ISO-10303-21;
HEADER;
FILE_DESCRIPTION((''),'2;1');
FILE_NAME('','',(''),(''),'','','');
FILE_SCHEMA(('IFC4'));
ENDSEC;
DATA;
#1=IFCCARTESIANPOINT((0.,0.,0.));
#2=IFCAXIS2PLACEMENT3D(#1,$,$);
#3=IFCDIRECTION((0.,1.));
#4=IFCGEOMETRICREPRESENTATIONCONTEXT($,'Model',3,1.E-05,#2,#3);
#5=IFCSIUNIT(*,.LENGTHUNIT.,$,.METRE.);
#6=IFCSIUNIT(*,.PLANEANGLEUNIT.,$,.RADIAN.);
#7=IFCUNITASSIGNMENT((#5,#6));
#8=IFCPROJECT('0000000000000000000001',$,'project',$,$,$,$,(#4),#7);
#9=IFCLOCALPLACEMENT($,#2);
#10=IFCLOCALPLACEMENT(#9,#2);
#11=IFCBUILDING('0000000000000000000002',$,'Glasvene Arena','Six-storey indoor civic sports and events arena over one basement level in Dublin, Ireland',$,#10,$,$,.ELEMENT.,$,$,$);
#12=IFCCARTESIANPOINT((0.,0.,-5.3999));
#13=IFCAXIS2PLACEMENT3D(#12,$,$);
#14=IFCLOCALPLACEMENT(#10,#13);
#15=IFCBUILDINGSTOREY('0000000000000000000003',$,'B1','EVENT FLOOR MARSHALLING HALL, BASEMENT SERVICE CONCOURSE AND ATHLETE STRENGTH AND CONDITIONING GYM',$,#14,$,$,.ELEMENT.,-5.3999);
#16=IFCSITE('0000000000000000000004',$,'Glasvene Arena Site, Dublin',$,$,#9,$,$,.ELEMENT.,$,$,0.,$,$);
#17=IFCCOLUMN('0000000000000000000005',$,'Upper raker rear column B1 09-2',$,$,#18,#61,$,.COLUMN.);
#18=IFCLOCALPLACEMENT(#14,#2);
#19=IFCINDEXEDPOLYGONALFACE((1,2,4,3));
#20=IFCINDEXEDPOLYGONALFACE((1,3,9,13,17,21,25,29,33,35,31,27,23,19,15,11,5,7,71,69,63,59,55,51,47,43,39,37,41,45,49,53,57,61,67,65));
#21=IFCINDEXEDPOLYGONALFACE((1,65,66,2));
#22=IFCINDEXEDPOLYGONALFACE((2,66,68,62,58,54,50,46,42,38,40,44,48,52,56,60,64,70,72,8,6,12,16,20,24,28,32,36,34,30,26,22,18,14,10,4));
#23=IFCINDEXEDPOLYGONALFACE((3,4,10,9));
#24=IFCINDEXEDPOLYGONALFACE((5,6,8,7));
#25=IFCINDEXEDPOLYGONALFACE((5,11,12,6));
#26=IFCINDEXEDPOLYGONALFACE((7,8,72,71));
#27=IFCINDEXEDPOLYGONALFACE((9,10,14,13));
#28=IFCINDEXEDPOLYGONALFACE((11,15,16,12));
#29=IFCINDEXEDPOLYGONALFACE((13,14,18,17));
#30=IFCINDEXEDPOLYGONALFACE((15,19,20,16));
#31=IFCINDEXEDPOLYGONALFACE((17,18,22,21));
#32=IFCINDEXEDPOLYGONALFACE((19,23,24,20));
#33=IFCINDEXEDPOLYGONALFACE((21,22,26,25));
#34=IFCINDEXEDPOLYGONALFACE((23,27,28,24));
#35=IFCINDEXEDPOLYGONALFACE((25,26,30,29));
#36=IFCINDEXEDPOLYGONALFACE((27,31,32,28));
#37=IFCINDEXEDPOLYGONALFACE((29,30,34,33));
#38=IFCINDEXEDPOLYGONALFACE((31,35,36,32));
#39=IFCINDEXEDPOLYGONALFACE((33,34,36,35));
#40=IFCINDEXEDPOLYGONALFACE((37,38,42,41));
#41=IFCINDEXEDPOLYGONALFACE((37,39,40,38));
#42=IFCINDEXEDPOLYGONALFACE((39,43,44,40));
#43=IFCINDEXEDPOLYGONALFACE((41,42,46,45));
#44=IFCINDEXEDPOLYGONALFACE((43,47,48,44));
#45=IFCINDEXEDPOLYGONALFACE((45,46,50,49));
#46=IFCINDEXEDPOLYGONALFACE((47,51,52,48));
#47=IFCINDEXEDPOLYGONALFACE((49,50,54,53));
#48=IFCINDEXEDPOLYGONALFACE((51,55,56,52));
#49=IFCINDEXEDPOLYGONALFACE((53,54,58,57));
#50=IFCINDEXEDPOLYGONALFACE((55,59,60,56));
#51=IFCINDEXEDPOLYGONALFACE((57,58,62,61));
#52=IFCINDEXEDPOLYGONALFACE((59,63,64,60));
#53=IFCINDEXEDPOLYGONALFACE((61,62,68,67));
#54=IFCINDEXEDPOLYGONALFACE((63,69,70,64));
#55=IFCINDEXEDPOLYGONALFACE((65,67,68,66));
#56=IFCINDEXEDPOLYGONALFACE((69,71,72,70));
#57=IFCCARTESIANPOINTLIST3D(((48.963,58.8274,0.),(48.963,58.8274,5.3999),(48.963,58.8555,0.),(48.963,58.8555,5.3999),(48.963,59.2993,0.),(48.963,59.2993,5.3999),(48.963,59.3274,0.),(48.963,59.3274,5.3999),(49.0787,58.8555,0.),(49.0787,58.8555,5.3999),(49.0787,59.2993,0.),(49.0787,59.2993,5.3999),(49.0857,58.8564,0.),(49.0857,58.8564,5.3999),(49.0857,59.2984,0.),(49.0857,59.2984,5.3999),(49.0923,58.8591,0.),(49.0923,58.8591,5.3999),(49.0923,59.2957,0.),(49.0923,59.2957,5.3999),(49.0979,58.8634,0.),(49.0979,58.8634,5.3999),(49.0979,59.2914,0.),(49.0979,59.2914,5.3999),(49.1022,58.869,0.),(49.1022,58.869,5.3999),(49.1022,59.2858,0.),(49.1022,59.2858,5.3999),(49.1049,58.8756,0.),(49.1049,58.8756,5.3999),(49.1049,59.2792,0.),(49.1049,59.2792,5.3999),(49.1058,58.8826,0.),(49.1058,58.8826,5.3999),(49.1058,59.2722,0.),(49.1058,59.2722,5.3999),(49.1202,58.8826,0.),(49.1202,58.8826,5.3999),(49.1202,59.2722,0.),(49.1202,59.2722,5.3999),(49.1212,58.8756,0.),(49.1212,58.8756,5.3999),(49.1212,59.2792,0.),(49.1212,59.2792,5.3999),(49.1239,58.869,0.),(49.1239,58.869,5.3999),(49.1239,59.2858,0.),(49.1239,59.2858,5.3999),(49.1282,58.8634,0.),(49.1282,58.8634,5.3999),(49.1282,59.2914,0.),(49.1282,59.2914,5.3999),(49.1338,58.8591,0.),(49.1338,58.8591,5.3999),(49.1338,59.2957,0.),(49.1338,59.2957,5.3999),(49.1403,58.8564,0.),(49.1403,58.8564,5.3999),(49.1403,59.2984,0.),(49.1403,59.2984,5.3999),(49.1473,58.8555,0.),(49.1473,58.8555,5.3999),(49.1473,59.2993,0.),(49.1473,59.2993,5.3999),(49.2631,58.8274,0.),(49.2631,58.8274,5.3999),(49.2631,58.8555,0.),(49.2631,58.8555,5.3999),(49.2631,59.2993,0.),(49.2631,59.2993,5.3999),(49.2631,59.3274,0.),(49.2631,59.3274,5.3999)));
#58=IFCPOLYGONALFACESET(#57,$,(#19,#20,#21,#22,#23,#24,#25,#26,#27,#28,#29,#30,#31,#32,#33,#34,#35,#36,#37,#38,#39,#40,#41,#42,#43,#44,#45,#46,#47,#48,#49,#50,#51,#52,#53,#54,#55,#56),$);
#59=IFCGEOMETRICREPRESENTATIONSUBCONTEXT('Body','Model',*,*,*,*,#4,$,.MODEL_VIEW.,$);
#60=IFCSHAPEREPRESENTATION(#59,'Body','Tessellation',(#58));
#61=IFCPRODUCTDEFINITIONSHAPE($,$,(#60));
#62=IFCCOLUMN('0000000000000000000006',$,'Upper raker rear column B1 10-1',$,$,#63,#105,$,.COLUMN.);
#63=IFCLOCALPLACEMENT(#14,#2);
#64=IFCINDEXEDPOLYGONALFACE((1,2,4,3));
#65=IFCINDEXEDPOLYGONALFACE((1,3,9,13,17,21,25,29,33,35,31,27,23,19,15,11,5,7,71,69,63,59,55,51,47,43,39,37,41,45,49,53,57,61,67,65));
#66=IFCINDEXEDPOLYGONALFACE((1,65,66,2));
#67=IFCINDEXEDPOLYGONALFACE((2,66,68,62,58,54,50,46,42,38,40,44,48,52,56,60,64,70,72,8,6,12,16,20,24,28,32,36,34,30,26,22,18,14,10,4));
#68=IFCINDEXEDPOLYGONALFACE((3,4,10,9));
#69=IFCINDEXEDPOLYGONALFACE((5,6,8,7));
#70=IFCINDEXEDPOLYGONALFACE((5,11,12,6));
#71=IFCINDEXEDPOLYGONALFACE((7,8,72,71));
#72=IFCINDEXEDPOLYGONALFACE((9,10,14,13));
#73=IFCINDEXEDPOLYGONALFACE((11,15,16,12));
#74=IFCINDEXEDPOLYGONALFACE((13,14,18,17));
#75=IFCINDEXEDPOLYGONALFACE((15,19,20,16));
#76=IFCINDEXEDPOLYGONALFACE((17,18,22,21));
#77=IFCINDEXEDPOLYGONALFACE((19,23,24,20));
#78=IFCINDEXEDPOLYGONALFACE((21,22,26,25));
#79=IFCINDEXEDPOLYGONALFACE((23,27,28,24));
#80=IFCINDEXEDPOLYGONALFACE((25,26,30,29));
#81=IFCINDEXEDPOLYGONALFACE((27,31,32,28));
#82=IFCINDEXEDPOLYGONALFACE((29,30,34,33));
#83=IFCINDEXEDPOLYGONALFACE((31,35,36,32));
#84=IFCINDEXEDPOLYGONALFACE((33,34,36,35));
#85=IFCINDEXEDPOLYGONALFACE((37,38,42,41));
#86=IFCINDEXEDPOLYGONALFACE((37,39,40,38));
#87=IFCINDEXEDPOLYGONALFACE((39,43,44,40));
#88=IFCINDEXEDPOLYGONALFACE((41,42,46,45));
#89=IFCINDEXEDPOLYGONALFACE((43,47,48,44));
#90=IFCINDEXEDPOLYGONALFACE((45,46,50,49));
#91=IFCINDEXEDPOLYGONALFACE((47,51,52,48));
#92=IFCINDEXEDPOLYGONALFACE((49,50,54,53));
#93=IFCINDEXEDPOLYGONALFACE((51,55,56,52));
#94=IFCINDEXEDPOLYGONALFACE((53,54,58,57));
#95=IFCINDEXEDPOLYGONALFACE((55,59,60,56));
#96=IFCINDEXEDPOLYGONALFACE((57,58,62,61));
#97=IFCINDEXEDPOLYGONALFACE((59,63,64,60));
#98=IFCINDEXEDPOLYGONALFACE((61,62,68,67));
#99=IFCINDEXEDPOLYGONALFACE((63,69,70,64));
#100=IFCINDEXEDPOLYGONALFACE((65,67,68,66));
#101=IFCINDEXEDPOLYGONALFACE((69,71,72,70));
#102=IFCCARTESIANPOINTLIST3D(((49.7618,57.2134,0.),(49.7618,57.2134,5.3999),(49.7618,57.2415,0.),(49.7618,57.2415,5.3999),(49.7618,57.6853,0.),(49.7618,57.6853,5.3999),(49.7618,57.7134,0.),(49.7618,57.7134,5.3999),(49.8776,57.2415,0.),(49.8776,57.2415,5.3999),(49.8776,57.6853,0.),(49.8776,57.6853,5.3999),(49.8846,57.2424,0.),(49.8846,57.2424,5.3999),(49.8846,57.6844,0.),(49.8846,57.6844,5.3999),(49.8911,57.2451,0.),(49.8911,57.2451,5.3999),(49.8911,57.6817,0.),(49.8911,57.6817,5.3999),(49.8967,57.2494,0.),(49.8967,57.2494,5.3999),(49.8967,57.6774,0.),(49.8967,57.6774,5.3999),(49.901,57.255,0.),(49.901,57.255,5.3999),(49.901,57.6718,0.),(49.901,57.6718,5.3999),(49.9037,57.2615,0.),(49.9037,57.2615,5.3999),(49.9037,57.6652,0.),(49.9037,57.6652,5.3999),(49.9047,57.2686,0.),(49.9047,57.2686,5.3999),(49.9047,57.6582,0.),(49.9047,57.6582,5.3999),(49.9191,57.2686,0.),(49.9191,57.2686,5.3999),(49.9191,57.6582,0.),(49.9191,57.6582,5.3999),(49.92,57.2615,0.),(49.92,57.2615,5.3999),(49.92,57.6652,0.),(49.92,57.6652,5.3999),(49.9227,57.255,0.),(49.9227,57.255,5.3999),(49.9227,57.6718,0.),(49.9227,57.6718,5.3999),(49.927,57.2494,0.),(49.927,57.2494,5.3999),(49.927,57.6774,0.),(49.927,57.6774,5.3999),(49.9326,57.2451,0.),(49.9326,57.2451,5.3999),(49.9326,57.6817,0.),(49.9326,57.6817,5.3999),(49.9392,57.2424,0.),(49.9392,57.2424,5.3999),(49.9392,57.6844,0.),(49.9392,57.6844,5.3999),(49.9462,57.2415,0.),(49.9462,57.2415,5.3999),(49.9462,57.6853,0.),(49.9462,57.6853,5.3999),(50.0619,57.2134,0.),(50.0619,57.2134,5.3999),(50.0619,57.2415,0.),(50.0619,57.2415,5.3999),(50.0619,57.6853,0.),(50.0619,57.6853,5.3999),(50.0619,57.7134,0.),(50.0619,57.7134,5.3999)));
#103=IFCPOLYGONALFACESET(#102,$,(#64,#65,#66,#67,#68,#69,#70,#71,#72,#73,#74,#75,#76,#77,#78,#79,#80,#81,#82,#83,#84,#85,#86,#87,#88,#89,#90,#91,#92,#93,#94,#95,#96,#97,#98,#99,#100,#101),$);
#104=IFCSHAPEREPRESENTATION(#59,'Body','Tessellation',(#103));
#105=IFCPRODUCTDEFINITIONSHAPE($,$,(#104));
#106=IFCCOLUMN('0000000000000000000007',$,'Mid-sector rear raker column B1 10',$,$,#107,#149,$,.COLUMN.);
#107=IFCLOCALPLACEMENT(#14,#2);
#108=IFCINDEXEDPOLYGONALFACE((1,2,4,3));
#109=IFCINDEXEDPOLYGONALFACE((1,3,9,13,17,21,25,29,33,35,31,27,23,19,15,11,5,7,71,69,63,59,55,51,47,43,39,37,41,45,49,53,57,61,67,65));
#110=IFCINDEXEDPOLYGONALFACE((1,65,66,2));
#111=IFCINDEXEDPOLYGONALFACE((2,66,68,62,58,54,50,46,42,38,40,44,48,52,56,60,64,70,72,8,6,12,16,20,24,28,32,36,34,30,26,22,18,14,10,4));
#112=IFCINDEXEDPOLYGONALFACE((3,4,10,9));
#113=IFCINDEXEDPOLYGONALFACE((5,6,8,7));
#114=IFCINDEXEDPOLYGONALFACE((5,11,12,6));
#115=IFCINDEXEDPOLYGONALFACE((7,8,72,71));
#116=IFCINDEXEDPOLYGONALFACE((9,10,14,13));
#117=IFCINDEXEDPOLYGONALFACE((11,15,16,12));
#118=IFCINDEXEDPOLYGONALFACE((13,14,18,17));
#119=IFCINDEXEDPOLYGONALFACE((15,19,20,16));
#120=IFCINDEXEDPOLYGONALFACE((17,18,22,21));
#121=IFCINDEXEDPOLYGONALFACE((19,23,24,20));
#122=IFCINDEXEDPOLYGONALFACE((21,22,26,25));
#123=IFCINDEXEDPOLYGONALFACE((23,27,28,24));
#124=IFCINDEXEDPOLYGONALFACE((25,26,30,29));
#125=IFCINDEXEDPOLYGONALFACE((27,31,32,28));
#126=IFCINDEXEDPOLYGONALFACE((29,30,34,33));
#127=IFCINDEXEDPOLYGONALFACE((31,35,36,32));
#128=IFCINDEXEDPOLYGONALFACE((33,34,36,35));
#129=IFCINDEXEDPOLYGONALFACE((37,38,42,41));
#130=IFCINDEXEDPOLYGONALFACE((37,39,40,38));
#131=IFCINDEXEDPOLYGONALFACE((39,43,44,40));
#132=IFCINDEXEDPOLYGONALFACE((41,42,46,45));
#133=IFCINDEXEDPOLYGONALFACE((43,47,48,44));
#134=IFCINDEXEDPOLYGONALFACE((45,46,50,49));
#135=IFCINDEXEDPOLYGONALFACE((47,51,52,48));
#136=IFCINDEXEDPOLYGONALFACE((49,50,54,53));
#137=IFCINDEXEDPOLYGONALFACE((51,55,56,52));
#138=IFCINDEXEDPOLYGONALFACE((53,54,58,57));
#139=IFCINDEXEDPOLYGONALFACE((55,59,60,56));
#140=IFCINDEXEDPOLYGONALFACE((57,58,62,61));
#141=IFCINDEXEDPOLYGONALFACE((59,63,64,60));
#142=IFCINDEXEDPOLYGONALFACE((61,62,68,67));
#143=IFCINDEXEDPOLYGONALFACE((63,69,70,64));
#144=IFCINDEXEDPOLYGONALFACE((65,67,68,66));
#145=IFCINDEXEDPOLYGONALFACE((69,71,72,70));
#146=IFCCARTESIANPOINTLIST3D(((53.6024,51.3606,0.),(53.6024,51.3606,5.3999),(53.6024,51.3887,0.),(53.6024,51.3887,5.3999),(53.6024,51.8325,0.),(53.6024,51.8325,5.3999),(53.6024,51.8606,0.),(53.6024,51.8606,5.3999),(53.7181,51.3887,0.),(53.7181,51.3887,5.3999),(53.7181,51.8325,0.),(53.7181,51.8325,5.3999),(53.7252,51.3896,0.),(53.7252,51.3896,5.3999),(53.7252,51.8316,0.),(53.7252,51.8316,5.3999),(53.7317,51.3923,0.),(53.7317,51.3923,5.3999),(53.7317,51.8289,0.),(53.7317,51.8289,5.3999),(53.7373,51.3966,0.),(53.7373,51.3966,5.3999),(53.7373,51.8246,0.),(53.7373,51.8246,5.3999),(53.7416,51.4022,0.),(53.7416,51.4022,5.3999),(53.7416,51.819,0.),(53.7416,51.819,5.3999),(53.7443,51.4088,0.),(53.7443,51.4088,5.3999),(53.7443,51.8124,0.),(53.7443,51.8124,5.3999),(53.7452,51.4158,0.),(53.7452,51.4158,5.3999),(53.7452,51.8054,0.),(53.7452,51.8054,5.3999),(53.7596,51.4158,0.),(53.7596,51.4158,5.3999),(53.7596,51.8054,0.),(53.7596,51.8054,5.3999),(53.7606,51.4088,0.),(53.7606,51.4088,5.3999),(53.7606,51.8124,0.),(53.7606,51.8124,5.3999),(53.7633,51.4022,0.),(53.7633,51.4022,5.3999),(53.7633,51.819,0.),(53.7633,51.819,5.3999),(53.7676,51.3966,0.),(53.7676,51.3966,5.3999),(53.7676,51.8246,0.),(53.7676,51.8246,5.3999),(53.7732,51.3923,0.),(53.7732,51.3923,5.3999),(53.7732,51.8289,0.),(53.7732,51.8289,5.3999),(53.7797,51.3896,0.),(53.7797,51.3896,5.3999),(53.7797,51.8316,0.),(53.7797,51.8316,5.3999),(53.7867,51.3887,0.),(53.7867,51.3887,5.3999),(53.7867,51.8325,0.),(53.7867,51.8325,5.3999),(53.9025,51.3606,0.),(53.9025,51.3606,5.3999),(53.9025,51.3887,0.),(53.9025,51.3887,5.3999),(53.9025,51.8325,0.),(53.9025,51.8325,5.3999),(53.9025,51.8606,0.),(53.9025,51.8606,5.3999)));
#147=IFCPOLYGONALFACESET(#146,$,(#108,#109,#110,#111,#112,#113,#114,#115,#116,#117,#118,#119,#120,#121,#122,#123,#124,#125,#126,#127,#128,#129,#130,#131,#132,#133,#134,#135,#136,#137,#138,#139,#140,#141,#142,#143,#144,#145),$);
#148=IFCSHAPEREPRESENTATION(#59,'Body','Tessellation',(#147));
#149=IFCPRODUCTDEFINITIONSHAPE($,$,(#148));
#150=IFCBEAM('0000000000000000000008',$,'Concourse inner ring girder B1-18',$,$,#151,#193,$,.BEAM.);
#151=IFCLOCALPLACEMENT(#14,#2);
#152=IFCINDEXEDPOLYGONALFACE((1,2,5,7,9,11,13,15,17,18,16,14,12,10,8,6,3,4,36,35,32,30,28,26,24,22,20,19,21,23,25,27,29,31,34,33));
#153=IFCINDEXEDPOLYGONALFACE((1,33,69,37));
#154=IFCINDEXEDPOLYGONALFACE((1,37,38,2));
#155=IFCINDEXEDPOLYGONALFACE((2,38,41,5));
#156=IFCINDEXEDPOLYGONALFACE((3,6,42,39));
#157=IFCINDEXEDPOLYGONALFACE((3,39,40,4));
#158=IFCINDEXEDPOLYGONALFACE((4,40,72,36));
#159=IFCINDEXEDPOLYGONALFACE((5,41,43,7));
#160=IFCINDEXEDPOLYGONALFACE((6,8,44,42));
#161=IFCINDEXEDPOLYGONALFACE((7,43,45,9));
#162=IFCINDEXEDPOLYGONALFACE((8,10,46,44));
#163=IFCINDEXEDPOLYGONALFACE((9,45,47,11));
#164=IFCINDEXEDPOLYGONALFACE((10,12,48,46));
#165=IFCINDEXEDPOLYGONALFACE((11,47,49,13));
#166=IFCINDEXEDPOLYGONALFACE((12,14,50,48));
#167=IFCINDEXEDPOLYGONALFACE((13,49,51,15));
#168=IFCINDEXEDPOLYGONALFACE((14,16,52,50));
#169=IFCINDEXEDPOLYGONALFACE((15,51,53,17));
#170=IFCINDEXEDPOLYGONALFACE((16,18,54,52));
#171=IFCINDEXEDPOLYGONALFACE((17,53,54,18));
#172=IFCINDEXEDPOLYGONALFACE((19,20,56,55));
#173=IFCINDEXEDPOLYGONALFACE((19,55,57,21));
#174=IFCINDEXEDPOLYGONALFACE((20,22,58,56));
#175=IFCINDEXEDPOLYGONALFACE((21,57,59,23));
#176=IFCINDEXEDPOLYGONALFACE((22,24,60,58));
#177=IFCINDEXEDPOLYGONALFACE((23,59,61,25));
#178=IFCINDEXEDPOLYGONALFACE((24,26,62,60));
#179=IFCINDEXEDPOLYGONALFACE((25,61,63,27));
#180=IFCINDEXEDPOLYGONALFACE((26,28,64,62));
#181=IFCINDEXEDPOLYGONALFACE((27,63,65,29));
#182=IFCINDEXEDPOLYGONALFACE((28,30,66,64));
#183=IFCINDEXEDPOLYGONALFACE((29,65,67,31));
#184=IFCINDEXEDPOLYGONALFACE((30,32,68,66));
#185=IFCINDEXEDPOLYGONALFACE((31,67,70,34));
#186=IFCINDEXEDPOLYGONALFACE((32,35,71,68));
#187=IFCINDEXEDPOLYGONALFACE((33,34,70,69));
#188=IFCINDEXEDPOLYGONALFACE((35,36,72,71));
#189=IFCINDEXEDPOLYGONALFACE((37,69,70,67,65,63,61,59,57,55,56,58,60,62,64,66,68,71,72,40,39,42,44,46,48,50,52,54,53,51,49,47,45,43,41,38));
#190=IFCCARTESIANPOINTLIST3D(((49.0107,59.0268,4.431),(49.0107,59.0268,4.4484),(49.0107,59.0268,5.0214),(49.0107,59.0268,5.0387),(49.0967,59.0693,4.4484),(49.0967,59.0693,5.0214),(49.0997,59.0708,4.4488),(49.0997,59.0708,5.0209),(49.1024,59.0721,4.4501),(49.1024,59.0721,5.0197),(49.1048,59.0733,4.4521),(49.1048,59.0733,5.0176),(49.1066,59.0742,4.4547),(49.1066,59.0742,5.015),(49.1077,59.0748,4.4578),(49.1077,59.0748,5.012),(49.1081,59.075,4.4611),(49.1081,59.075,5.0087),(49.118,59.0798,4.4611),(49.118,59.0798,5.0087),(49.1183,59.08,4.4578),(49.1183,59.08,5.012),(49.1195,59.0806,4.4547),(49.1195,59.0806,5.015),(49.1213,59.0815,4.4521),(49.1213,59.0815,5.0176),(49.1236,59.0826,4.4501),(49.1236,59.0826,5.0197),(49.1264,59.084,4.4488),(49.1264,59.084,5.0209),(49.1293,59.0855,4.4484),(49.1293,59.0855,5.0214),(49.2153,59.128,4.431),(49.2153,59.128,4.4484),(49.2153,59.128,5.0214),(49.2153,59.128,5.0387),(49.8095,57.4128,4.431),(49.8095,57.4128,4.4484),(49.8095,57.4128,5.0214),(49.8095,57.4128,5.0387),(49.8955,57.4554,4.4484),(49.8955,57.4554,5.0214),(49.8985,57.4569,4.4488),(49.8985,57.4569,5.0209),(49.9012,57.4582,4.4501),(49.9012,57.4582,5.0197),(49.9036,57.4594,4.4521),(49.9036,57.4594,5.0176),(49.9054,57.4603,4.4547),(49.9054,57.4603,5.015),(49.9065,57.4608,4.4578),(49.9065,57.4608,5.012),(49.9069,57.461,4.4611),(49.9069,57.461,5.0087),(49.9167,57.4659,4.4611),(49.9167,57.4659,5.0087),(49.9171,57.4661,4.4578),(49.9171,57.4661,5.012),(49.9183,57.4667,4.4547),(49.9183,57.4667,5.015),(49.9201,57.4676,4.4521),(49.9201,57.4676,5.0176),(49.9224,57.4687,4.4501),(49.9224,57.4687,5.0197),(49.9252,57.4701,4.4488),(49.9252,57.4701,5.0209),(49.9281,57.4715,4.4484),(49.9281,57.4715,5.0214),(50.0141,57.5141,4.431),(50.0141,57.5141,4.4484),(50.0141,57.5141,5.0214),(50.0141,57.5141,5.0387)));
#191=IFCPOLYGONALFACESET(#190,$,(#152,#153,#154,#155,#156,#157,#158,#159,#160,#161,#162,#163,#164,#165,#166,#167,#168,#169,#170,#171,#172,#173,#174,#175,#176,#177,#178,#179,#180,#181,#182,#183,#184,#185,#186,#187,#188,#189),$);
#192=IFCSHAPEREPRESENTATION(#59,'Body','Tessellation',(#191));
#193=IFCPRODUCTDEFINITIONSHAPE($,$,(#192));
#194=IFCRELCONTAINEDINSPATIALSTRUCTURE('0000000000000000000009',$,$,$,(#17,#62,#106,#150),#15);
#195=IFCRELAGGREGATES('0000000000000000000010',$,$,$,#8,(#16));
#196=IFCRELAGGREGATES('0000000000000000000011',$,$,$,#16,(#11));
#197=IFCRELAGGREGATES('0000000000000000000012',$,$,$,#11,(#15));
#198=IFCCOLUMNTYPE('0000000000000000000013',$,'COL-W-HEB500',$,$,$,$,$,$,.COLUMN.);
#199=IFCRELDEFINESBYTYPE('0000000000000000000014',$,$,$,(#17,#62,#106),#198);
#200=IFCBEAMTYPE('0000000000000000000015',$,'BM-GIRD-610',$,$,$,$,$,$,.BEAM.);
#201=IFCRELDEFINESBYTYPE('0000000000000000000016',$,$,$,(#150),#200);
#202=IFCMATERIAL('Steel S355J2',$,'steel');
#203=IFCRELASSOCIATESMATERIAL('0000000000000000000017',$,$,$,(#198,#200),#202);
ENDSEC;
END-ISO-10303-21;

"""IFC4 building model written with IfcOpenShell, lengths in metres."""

from ifc_helpers import new_model, si_unit, direction, frame, origin, origin_2d, place, context, subcontext, project, spatial, i_section, extrude, material, material_profile, profile_set, type_object, element, save


model = new_model("IFC4")

# Units and contexts
model_context = context("Model", 3, precision=1e-05, world=origin(), true_north=direction((0.0, 1.0)))
body_context = subcontext(model_context, "Body", "Model", "MODEL_VIEW")
ifc_project = project(units=[si_unit("LENGTHUNIT", "METRE"), si_unit("PLANEANGLEUNIT", "RADIAN")], contexts=[model_context])

# Site, building, storey
site_placement = place(None, origin())
site = spatial("IfcSite", under=ifc_project, at=site_placement, Name="Glasvene Arena Site, Dublin", CompositionType="ELEMENT", RefElevation=0.0)
building_placement = place(site_placement, origin())
building = spatial("IfcBuilding", under=site, at=building_placement, Name="Glasvene Arena", Description="Six-storey indoor civic sports and events arena over one basement level in Dublin, Ireland", CompositionType="ELEMENT")
storey_placement = place(building_placement, frame((0.0, 0.0, -5.3999)))
storey = spatial("IfcBuildingStorey", under=building, at=storey_placement, Name="B1", Description="EVENT FLOOR MARSHALLING HALL, BASEMENT SERVICE CONCOURSE AND ATHLETE STRENGTH AND CONDITIONING GYM", CompositionType="ELEMENT", Elevation=-5.3999)

# Columns
ifc_material_1 = material(Name="Steel S355J2", Category="steel")
ifc_material_profile_1 = material_profile(ifc_material_1, i_section(OverallWidth=0.3, OverallDepth=0.5, WebThickness=0.0144, FlangeThickness=0.0281, FilletRadius=0.0271, at=origin_2d()), Name="HEB 500")
ifc_profile_set_1 = profile_set([ifc_material_profile_1], Name="Steel S355J2")
column_type_1 = type_object("IfcColumnType", Name="COL-W-HEB500", PredefinedType="COLUMN", material=ifc_profile_set_1)
for number, where, z_axis, x_axis, name in (
    (1, (49.113, 59.0774, 0.0), (0.0, 0.0, 1.0), (1.0, 0.0, 0.0), "Upper raker rear column B1 09-2"),
    (2, (49.9119, 57.4634, 0.0), (0.0, 0.0, 1.0), (1.0, 0.0, 0.0), "Upper raker rear column B1 10-1"),
    (3, (53.7524, 51.6106, 0.0), (0.0, 0.0, 1.0), (1.0, 0.0, 0.0), "Mid-sector rear raker column B1 10"),
):
    element("IfcColumn", number, at=place(storey_placement, frame(where, z_axis=z_axis, x_axis=x_axis)), inside=storey, type_object=column_type_1, Name=name, PredefinedType="COLUMN", context=body_context, shape_type="SweptSolid", body=[
        extrude(i_section(OverallWidth=0.3, OverallDepth=0.5, WebThickness=0.0144, FlangeThickness=0.0281, FilletRadius=0.0271, at=origin_2d()), origin(), (0.0, 0.0, 1.0), 5.3999),
    ])

# Beam
ifc_material_profile_2 = material_profile(ifc_material_1, i_section(OverallWidth=0.2283, OverallDepth=0.6077, WebThickness=0.011, FlangeThickness=0.0173, FilletRadius=0.0127, at=origin_2d()), Name="UKB 610x229x113")
ifc_profile_set_2 = profile_set([ifc_material_profile_2], Name="Steel S355J2")
beam_type_1 = type_object("IfcBeamType", Name="BM-GIRD-610", PredefinedType="BEAM", material=ifc_profile_set_2)
beam_1_placement = place(storey_placement, frame((49.113, 59.0774, 4.7349), z_axis=(0.443577, -0.896236, 0.0), x_axis=(0.896236, 0.443577, 0.0)))
element("IfcBeam", 4, at=beam_1_placement, inside=storey, type_object=beam_type_1, Name="Concourse inner ring girder B1-18", PredefinedType="BEAM", context=body_context, shape_type="SweptSolid", body=[
    extrude(i_section(OverallWidth=0.2283, OverallDepth=0.6077, WebThickness=0.011, FlangeThickness=0.0173, FilletRadius=0.0127, at=origin_2d()), origin(), (0.0, 0.0, 1.0), 1.8008),
])

save(model, "model.ifc")
